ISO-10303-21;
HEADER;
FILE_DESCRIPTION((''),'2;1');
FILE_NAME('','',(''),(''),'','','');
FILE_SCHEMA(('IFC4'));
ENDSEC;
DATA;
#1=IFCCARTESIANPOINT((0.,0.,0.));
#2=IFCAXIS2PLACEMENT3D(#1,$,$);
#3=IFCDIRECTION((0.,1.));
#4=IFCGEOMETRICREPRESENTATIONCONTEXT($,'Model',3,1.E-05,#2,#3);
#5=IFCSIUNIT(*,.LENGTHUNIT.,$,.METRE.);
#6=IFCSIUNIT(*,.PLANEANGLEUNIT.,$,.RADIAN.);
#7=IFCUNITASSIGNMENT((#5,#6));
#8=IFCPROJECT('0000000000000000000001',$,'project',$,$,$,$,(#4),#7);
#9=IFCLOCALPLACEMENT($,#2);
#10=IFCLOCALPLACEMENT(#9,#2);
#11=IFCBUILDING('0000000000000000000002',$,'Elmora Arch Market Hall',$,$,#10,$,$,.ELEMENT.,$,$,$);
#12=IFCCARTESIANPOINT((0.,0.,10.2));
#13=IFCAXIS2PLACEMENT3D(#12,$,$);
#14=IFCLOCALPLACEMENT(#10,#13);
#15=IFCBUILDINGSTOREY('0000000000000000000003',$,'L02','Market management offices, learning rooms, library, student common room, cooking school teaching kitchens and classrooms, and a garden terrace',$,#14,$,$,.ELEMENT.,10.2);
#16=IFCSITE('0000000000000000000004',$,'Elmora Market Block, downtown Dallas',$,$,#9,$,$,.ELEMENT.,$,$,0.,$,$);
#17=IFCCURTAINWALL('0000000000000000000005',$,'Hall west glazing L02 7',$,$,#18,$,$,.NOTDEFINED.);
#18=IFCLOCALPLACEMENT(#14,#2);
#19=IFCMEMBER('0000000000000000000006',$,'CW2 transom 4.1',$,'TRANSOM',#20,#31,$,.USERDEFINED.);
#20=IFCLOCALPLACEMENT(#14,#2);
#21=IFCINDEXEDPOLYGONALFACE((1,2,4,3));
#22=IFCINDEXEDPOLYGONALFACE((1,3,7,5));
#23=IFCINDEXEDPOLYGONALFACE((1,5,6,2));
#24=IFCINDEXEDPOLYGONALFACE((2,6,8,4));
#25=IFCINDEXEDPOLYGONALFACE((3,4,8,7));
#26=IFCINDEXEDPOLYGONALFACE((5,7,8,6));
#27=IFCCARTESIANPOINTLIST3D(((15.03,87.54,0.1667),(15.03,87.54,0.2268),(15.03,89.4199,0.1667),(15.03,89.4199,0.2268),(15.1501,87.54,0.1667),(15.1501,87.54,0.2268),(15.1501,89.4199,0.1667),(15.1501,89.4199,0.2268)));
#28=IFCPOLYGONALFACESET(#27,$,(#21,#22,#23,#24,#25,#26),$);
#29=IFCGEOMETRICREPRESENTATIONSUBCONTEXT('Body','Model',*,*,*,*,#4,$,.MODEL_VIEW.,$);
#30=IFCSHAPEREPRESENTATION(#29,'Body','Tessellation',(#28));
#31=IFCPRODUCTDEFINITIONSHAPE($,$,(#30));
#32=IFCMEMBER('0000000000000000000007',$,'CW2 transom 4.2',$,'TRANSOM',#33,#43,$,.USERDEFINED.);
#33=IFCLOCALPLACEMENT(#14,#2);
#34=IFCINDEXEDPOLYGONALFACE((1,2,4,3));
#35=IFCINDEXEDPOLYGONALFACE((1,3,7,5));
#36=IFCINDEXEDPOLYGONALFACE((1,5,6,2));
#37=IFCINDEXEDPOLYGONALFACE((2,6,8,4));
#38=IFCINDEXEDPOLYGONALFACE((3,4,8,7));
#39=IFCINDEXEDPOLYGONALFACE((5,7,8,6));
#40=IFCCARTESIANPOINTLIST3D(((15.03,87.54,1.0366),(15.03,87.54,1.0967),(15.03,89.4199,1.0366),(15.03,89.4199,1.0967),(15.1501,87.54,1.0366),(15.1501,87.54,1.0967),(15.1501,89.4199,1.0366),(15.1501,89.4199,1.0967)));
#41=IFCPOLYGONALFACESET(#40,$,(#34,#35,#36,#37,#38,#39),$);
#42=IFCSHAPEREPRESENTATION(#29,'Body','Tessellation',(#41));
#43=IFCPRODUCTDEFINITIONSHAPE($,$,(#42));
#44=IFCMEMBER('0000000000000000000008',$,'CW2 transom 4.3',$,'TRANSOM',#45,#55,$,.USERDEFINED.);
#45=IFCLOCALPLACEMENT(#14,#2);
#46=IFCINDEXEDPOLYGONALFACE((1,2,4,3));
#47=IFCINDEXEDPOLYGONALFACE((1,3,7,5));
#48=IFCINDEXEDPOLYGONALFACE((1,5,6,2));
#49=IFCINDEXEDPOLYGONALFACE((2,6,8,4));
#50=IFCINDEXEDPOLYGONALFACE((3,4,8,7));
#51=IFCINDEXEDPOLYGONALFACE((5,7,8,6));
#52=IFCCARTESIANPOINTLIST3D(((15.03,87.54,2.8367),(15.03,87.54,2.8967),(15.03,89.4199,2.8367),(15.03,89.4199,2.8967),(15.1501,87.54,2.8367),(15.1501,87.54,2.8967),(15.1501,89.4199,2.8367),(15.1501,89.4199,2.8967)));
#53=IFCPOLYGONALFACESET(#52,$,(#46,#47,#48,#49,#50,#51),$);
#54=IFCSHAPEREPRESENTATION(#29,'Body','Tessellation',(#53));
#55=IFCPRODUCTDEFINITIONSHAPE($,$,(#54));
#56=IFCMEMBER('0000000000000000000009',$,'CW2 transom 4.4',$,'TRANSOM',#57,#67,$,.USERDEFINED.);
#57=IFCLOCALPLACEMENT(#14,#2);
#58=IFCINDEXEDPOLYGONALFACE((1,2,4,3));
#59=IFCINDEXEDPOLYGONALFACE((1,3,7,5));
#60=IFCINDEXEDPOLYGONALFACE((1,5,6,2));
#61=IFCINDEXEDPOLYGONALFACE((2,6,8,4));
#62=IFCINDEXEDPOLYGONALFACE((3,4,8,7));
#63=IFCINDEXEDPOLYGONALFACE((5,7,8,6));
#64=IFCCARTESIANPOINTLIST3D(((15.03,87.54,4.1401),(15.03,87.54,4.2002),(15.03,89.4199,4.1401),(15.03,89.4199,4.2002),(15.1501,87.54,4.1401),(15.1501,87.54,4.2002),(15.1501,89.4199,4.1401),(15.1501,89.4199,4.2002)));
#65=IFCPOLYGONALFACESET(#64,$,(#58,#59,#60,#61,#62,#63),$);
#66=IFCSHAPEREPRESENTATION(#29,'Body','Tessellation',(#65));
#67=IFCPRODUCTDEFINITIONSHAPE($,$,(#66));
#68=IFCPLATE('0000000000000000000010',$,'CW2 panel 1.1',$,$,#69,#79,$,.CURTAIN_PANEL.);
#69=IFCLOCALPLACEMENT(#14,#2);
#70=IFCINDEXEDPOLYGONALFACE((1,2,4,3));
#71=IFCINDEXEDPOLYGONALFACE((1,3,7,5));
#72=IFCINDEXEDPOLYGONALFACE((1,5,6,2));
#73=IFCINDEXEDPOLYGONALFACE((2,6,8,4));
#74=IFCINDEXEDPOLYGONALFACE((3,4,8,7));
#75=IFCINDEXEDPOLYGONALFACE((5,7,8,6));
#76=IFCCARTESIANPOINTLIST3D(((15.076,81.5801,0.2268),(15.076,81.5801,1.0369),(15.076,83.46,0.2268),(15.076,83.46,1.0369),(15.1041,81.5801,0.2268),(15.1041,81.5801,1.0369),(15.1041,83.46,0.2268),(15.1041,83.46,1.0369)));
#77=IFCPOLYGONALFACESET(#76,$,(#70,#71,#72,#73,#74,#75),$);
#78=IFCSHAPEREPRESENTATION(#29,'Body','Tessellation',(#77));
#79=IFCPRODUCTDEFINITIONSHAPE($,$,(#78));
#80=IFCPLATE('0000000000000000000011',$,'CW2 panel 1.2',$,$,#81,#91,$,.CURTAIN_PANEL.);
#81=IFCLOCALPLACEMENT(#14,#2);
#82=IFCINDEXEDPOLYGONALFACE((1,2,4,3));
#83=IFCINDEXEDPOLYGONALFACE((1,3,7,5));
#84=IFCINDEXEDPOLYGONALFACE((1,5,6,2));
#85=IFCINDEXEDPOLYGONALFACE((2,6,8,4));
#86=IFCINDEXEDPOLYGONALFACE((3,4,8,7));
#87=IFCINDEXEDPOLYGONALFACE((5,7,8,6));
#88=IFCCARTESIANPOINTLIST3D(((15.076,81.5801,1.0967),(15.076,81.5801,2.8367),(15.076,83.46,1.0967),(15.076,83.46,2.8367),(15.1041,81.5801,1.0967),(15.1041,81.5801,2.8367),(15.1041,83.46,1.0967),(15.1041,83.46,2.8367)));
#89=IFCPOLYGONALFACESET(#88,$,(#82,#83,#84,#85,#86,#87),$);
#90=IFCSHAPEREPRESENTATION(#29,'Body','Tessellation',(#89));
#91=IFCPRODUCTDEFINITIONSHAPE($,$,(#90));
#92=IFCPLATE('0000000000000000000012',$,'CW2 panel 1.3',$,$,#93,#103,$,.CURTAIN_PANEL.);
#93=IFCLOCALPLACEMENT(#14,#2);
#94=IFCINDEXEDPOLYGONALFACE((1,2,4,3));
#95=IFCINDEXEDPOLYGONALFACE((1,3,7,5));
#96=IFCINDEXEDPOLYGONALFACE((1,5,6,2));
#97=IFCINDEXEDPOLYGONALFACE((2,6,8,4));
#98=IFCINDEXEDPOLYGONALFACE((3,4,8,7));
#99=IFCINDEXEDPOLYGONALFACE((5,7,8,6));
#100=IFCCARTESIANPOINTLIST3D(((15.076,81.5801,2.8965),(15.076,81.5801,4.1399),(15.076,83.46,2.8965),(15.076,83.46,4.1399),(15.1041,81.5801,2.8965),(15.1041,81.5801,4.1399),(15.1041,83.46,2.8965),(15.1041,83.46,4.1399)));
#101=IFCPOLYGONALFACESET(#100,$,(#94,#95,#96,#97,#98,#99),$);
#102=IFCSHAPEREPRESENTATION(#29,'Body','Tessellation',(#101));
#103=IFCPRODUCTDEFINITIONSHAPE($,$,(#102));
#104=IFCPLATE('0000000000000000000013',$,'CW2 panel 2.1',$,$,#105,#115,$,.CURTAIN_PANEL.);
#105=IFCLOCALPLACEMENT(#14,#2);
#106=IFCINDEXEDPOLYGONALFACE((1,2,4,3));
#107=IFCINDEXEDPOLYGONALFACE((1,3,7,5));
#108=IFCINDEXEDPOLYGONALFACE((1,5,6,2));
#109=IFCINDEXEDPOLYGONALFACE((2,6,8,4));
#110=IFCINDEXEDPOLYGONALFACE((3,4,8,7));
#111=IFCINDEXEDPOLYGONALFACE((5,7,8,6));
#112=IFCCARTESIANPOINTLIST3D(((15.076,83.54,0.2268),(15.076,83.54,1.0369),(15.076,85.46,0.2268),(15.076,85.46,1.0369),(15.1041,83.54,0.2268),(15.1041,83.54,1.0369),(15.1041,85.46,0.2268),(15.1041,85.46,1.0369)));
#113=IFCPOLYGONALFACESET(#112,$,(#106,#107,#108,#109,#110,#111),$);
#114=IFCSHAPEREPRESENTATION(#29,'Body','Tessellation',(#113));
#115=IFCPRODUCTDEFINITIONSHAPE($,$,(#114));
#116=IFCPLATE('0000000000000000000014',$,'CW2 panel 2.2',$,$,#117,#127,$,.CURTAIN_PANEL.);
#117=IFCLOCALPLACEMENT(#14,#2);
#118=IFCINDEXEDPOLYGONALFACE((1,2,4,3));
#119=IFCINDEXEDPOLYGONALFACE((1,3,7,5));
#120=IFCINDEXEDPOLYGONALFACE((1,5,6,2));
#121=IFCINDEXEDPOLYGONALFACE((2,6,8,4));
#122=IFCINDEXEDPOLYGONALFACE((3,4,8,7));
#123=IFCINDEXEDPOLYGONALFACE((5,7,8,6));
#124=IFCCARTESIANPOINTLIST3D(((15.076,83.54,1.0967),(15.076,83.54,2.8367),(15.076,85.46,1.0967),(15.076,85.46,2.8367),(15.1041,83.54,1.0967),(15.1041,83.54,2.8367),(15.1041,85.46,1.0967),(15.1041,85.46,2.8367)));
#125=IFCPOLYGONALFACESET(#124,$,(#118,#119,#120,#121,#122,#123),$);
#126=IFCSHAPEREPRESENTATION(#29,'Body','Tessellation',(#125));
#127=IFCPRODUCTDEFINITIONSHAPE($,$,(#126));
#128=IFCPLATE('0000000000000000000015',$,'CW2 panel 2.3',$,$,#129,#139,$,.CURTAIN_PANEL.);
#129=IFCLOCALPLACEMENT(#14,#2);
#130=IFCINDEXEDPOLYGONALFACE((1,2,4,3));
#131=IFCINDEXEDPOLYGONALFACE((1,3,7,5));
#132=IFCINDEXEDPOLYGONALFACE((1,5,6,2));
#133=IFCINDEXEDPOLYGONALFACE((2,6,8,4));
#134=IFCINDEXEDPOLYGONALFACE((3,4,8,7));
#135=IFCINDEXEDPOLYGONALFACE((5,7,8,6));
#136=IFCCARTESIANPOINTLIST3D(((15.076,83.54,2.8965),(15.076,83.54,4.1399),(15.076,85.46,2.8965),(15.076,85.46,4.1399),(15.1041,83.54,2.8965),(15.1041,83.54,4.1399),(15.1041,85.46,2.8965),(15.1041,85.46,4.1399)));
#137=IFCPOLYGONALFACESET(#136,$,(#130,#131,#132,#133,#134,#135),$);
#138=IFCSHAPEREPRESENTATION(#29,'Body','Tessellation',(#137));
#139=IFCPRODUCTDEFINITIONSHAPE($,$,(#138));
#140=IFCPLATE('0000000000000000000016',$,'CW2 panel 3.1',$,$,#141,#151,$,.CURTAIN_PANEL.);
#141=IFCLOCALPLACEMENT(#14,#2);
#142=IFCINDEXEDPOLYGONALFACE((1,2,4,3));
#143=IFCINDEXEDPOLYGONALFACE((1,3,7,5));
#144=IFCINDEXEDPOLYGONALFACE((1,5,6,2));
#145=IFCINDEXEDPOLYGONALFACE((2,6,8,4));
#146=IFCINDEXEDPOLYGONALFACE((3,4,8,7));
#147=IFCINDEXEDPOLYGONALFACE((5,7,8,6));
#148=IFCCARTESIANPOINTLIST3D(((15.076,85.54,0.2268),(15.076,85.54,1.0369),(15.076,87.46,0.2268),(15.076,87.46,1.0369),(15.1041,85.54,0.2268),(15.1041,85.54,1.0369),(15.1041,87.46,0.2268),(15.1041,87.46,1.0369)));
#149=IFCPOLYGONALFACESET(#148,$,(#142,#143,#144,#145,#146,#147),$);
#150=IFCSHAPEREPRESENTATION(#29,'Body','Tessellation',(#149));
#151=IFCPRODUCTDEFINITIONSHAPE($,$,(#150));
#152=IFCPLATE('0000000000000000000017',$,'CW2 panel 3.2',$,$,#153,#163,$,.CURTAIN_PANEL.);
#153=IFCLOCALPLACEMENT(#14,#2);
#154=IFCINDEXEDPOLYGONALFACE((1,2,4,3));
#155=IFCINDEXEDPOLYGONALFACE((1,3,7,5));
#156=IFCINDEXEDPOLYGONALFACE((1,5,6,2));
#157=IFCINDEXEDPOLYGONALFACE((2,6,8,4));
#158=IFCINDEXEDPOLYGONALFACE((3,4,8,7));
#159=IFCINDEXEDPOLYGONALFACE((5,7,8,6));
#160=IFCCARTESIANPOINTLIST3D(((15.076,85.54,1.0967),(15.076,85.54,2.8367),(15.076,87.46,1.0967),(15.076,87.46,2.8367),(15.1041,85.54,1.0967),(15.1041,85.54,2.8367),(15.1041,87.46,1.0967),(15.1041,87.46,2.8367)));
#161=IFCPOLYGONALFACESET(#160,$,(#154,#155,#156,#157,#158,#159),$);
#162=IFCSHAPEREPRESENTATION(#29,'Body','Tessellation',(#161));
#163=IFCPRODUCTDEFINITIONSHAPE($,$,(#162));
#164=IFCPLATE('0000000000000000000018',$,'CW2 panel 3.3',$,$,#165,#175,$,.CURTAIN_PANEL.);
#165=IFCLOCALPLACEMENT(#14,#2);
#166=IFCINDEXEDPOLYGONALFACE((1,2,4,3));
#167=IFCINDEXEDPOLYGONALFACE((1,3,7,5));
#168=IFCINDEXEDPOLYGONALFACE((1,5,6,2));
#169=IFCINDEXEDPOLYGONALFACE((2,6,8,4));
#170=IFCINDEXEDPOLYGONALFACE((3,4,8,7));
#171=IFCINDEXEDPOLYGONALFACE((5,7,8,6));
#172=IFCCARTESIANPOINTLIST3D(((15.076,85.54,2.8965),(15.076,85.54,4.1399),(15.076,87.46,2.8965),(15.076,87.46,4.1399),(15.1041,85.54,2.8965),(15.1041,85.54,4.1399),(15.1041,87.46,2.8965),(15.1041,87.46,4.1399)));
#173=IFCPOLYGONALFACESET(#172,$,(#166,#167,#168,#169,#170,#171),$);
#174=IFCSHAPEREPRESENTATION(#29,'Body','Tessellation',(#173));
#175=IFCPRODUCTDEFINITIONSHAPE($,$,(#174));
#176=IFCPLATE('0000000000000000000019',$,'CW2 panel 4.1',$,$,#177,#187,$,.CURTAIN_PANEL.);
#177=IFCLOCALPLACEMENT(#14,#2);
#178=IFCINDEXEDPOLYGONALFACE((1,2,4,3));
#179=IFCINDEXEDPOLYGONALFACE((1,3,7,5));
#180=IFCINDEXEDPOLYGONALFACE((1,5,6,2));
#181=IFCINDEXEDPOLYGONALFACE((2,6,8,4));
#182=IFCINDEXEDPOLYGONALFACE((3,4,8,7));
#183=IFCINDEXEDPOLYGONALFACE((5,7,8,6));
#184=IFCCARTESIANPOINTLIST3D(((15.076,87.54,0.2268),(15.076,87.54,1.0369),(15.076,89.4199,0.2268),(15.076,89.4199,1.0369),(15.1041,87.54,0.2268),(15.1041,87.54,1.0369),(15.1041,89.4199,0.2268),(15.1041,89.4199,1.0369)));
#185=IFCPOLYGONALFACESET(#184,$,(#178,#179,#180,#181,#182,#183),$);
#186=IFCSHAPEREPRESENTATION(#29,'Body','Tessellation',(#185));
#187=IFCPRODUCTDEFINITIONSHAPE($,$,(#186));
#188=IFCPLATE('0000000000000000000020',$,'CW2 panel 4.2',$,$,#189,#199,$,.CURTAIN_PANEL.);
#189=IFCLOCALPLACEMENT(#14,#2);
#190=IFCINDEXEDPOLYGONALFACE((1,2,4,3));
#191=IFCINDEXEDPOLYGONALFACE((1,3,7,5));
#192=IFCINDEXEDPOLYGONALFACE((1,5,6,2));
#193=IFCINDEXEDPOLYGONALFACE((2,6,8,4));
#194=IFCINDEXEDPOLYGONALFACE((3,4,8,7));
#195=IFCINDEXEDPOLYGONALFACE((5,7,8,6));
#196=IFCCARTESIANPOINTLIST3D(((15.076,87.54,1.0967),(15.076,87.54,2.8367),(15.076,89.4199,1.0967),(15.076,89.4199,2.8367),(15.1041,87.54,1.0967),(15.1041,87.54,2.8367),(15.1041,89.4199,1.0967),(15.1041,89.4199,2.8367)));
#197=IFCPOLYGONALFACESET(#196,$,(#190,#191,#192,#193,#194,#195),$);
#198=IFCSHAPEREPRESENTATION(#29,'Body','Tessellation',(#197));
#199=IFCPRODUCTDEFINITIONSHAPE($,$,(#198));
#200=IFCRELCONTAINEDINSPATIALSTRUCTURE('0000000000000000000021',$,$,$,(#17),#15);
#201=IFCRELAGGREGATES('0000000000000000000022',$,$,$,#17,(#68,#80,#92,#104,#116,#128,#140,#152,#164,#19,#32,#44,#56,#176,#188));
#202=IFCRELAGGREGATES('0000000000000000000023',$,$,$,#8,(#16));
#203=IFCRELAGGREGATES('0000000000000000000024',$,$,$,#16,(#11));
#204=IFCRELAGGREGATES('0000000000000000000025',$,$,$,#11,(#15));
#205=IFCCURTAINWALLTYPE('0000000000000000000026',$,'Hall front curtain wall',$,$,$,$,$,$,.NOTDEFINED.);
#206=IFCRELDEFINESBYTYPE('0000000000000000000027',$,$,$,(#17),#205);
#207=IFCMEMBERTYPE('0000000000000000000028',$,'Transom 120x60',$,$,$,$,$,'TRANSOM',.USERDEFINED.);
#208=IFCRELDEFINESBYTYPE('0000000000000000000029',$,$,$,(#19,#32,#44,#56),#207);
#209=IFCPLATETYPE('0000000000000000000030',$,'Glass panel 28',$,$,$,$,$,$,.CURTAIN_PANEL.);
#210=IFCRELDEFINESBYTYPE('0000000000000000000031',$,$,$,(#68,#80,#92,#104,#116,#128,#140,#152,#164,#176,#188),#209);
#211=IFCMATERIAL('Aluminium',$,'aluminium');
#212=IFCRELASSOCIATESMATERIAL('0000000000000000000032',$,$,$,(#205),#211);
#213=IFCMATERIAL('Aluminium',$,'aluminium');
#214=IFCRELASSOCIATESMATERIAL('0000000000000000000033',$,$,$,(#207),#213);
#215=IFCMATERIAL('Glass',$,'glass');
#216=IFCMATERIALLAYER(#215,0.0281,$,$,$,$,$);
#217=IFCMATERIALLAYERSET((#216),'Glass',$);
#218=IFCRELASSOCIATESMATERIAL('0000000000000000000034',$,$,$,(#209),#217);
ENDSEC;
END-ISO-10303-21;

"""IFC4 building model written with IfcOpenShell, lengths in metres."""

from ifc_helpers import new_model, si_unit, direction, frame, origin, origin_2d, place, context, subcontext, project, spatial, rectangle, extrude, material, layer, layer_set, material_profile, profile_set, type_object, element, aggregate, save


model = new_model("IFC4")

# Units and contexts
model_context = context("Model", 3, precision=1e-05, world=origin(), true_north=direction((0.0, 1.0)))
body_context = subcontext(model_context, "Body", "Model", "MODEL_VIEW")
ifc_project = project(units=[si_unit("LENGTHUNIT", "METRE"), si_unit("PLANEANGLEUNIT", "RADIAN")], contexts=[model_context])

# Site, building, storey
site_placement = place(None, origin())
site = spatial("IfcSite", under=ifc_project, at=site_placement, Name="Elmora Market Block, downtown Dallas", CompositionType="ELEMENT", RefElevation=0.0)
building_placement = place(site_placement, origin())
building = spatial("IfcBuilding", under=site, at=building_placement, Name="Elmora Arch Market Hall", CompositionType="ELEMENT")
storey_placement = place(building_placement, frame((0.0, 0.0, 10.2)))
storey = spatial("IfcBuildingStorey", under=building, at=storey_placement, Name="L02", Description="Market management offices, learning rooms, library, student common room, cooking school teaching kitchens and classrooms, and a garden terrace", CompositionType="ELEMENT", Elevation=10.2)

# Curtain wall, members, plates
ifc_material_1 = material(Name="Aluminium", Category="aluminium")
curtain_wall_type = type_object("IfcCurtainWallType", Name="Hall front curtain wall", PredefinedType="NOTDEFINED", material=ifc_material_1)
curtain_wall_placement = place(storey_placement, origin())
curtain_wall = element("IfcCurtainWall", 1, at=curtain_wall_placement, inside=storey, type_object=curtain_wall_type, Name="Hall west glazing L02 7", PredefinedType="NOTDEFINED")
ifc_material_2 = material(Name="Aluminium", Category="aluminium")
ifc_material_profile_1 = material_profile(ifc_material_2, rectangle(XDim=0.1201, YDim=0.0601, at=origin_2d()), Name="AL 120x60")
ifc_profile_set_1 = profile_set([ifc_material_profile_1], Name="Aluminium")
member_type_1 = type_object("IfcMemberType", Name="Transom 120x60", ElementType="TRANSOM", PredefinedType="USERDEFINED", material=ifc_profile_set_1)
member_1_placement = place(storey_placement, frame((15.0901, 87.54, 0.1968), z_axis=(0.0, 1.0, 0.0), x_axis=(-1.0, 0.0, 0.0)))
member_1 = element("IfcMember", 2, at=member_1_placement, type_object=member_type_1, Name="CW2 transom 4.1", ObjectType="TRANSOM", PredefinedType="USERDEFINED", context=body_context, shape_type="SweptSolid", body=[
    extrude(rectangle(XDim=0.1201, YDim=0.0601, at=origin_2d()), origin(), (0.0, 0.0, 1.0), 1.8799),
])
member_2_placement = place(storey_placement, frame((15.0901, 87.54, 1.0667), z_axis=(0.0, 1.0, 0.0), x_axis=(-1.0, 0.0, 0.0)))
member_2 = element("IfcMember", 3, at=member_2_placement, type_object=member_type_1, Name="CW2 transom 4.2", ObjectType="TRANSOM", PredefinedType="USERDEFINED", context=body_context, shape_type="SweptSolid", body=[
    extrude(rectangle(XDim=0.1201, YDim=0.0601, at=origin_2d()), origin(), (0.0, 0.0, 1.0), 1.8799),
])
member_3_placement = place(storey_placement, frame((15.0901, 87.54, 2.8667), z_axis=(0.0, 1.0, 0.0), x_axis=(-1.0, 0.0, 0.0)))
member_3 = element("IfcMember", 4, at=member_3_placement, type_object=member_type_1, Name="CW2 transom 4.3", ObjectType="TRANSOM", PredefinedType="USERDEFINED", context=body_context, shape_type="SweptSolid", body=[
    extrude(rectangle(XDim=0.1201, YDim=0.0601, at=origin_2d()), origin(), (0.0, 0.0, 1.0), 1.8799),
])
member_4_placement = place(storey_placement, frame((15.0901, 87.54, 4.1702), z_axis=(0.0, 1.0, 0.0), x_axis=(-1.0, 0.0, 0.0)))
member_4 = element("IfcMember", 5, at=member_4_placement, type_object=member_type_1, Name="CW2 transom 4.4", ObjectType="TRANSOM", PredefinedType="USERDEFINED", context=body_context, shape_type="SweptSolid", body=[
    extrude(rectangle(XDim=0.1201, YDim=0.0601, at=origin_2d()), origin(), (0.0, 0.0, 1.0), 1.8799),
])
ifc_material_3 = material(Name="Glass", Category="glass")
ifc_layer = layer(ifc_material_3, 0.0281)
ifc_layer_set = layer_set([ifc_layer], Name="Glass")
plate_type = type_object("IfcPlateType", Name="Glass panel 28", PredefinedType="CURTAIN_PANEL", material=ifc_layer_set)
plate_1_placement = place(storey_placement, frame((15.0901, 82.52, 0.2268), z_axis=(0.0, 0.0, 1.0), x_axis=(0.0, 1.0, 0.0)))
plate_1 = element("IfcPlate", 6, at=plate_1_placement, type_object=plate_type, Name="CW2 panel 1.1", PredefinedType="CURTAIN_PANEL", context=body_context, shape_type="SweptSolid", body=[
    extrude(rectangle(XDim=1.8799, YDim=0.0281, at=origin_2d()), origin(), (0.0, 0.0, 1.0), 0.8101),
])
plate_2_placement = place(storey_placement, frame((15.0901, 82.52, 1.0967), z_axis=(0.0, 0.0, 1.0), x_axis=(0.0, 1.0, 0.0)))
plate_2 = element("IfcPlate", 7, at=plate_2_placement, type_object=plate_type, Name="CW2 panel 1.2", PredefinedType="CURTAIN_PANEL", context=body_context, shape_type="SweptSolid", body=[
    extrude(rectangle(XDim=1.8799, YDim=0.0281, at=origin_2d()), origin(), (0.0, 0.0, 1.0), 1.74),
])
plate_3_placement = place(storey_placement, frame((15.0901, 82.52, 2.8965), z_axis=(0.0, 0.0, 1.0), x_axis=(0.0, 1.0, 0.0)))
plate_3 = element("IfcPlate", 8, at=plate_3_placement, type_object=plate_type, Name="CW2 panel 1.3", PredefinedType="CURTAIN_PANEL", context=body_context, shape_type="SweptSolid", body=[
    extrude(rectangle(XDim=1.8799, YDim=0.0281, at=origin_2d()), origin(), (0.0, 0.0, 1.0), 1.2434),
])
plate_4_placement = place(storey_placement, frame((15.0901, 84.5, 0.2268), z_axis=(0.0, 0.0, 1.0), x_axis=(0.0, 1.0, 0.0)))
plate_4 = element("IfcPlate", 9, at=plate_4_placement, type_object=plate_type, Name="CW2 panel 2.1", PredefinedType="CURTAIN_PANEL", context=body_context, shape_type="SweptSolid", body=[
    extrude(rectangle(XDim=1.9199, YDim=0.0281, at=origin_2d()), origin(), (0.0, 0.0, 1.0), 0.8101),
])
plate_5_placement = place(storey_placement, frame((15.0901, 84.5, 1.0967), z_axis=(0.0, 0.0, 1.0), x_axis=(0.0, 1.0, 0.0)))
plate_5 = element("IfcPlate", 10, at=plate_5_placement, type_object=plate_type, Name="CW2 panel 2.2", PredefinedType="CURTAIN_PANEL", context=body_context, shape_type="SweptSolid", body=[
    extrude(rectangle(XDim=1.9199, YDim=0.0281, at=origin_2d()), origin(), (0.0, 0.0, 1.0), 1.74),
])
plate_6_placement = place(storey_placement, frame((15.0901, 84.5, 2.8965), z_axis=(0.0, 0.0, 1.0), x_axis=(0.0, 1.0, 0.0)))
plate_6 = element("IfcPlate", 11, at=plate_6_placement, type_object=plate_type, Name="CW2 panel 2.3", PredefinedType="CURTAIN_PANEL", context=body_context, shape_type="SweptSolid", body=[
    extrude(rectangle(XDim=1.9199, YDim=0.0281, at=origin_2d()), origin(), (0.0, 0.0, 1.0), 1.2434),
])
plate_7_placement = place(storey_placement, frame((15.0901, 86.5, 0.2268), z_axis=(0.0, 0.0, 1.0), x_axis=(0.0, 1.0, 0.0)))
plate_7 = element("IfcPlate", 12, at=plate_7_placement, type_object=plate_type, Name="CW2 panel 3.1", PredefinedType="CURTAIN_PANEL", context=body_context, shape_type="SweptSolid", body=[
    extrude(rectangle(XDim=1.9199, YDim=0.0281, at=origin_2d()), origin(), (0.0, 0.0, 1.0), 0.8101),
])
plate_8_placement = place(storey_placement, frame((15.0901, 86.5, 1.0967), z_axis=(0.0, 0.0, 1.0), x_axis=(0.0, 1.0, 0.0)))
plate_8 = element("IfcPlate", 13, at=plate_8_placement, type_object=plate_type, Name="CW2 panel 3.2", PredefinedType="CURTAIN_PANEL", context=body_context, shape_type="SweptSolid", body=[
    extrude(rectangle(XDim=1.9199, YDim=0.0281, at=origin_2d()), origin(), (0.0, 0.0, 1.0), 1.74),
])
plate_9_placement = place(storey_placement, frame((15.0901, 86.5, 2.8965), z_axis=(0.0, 0.0, 1.0), x_axis=(0.0, 1.0, 0.0)))
plate_9 = element("IfcPlate", 14, at=plate_9_placement, type_object=plate_type, Name="CW2 panel 3.3", PredefinedType="CURTAIN_PANEL", context=body_context, shape_type="SweptSolid", body=[
    extrude(rectangle(XDim=1.9199, YDim=0.0281, at=origin_2d()), origin(), (0.0, 0.0, 1.0), 1.2434),
])
plate_10_placement = place(storey_placement, frame((15.0901, 88.48, 0.2268), z_axis=(0.0, 0.0, 1.0), x_axis=(0.0, 1.0, 0.0)))
plate_10 = element("IfcPlate", 15, at=plate_10_placement, type_object=plate_type, Name="CW2 panel 4.1", PredefinedType="CURTAIN_PANEL", context=body_context, shape_type="SweptSolid", body=[
    extrude(rectangle(XDim=1.8799, YDim=0.0281, at=origin_2d()), origin(), (0.0, 0.0, 1.0), 0.8101),
])
plate_11_placement = place(storey_placement, frame((15.0901, 88.48, 1.0967), z_axis=(0.0, 0.0, 1.0), x_axis=(0.0, 1.0, 0.0)))
plate_11 = element("IfcPlate", 16, at=plate_11_placement, type_object=plate_type, Name="CW2 panel 4.2", PredefinedType="CURTAIN_PANEL", context=body_context, shape_type="SweptSolid", body=[
    extrude(rectangle(XDim=1.8799, YDim=0.0281, at=origin_2d()), origin(), (0.0, 0.0, 1.0), 1.74),
])
aggregate(curtain_wall, [plate_1, plate_2, plate_3, plate_4, plate_5, plate_6, plate_7, plate_8, plate_9, member_1, member_2, member_3, member_4, plate_10, plate_11])

save(model, "model.ifc")
